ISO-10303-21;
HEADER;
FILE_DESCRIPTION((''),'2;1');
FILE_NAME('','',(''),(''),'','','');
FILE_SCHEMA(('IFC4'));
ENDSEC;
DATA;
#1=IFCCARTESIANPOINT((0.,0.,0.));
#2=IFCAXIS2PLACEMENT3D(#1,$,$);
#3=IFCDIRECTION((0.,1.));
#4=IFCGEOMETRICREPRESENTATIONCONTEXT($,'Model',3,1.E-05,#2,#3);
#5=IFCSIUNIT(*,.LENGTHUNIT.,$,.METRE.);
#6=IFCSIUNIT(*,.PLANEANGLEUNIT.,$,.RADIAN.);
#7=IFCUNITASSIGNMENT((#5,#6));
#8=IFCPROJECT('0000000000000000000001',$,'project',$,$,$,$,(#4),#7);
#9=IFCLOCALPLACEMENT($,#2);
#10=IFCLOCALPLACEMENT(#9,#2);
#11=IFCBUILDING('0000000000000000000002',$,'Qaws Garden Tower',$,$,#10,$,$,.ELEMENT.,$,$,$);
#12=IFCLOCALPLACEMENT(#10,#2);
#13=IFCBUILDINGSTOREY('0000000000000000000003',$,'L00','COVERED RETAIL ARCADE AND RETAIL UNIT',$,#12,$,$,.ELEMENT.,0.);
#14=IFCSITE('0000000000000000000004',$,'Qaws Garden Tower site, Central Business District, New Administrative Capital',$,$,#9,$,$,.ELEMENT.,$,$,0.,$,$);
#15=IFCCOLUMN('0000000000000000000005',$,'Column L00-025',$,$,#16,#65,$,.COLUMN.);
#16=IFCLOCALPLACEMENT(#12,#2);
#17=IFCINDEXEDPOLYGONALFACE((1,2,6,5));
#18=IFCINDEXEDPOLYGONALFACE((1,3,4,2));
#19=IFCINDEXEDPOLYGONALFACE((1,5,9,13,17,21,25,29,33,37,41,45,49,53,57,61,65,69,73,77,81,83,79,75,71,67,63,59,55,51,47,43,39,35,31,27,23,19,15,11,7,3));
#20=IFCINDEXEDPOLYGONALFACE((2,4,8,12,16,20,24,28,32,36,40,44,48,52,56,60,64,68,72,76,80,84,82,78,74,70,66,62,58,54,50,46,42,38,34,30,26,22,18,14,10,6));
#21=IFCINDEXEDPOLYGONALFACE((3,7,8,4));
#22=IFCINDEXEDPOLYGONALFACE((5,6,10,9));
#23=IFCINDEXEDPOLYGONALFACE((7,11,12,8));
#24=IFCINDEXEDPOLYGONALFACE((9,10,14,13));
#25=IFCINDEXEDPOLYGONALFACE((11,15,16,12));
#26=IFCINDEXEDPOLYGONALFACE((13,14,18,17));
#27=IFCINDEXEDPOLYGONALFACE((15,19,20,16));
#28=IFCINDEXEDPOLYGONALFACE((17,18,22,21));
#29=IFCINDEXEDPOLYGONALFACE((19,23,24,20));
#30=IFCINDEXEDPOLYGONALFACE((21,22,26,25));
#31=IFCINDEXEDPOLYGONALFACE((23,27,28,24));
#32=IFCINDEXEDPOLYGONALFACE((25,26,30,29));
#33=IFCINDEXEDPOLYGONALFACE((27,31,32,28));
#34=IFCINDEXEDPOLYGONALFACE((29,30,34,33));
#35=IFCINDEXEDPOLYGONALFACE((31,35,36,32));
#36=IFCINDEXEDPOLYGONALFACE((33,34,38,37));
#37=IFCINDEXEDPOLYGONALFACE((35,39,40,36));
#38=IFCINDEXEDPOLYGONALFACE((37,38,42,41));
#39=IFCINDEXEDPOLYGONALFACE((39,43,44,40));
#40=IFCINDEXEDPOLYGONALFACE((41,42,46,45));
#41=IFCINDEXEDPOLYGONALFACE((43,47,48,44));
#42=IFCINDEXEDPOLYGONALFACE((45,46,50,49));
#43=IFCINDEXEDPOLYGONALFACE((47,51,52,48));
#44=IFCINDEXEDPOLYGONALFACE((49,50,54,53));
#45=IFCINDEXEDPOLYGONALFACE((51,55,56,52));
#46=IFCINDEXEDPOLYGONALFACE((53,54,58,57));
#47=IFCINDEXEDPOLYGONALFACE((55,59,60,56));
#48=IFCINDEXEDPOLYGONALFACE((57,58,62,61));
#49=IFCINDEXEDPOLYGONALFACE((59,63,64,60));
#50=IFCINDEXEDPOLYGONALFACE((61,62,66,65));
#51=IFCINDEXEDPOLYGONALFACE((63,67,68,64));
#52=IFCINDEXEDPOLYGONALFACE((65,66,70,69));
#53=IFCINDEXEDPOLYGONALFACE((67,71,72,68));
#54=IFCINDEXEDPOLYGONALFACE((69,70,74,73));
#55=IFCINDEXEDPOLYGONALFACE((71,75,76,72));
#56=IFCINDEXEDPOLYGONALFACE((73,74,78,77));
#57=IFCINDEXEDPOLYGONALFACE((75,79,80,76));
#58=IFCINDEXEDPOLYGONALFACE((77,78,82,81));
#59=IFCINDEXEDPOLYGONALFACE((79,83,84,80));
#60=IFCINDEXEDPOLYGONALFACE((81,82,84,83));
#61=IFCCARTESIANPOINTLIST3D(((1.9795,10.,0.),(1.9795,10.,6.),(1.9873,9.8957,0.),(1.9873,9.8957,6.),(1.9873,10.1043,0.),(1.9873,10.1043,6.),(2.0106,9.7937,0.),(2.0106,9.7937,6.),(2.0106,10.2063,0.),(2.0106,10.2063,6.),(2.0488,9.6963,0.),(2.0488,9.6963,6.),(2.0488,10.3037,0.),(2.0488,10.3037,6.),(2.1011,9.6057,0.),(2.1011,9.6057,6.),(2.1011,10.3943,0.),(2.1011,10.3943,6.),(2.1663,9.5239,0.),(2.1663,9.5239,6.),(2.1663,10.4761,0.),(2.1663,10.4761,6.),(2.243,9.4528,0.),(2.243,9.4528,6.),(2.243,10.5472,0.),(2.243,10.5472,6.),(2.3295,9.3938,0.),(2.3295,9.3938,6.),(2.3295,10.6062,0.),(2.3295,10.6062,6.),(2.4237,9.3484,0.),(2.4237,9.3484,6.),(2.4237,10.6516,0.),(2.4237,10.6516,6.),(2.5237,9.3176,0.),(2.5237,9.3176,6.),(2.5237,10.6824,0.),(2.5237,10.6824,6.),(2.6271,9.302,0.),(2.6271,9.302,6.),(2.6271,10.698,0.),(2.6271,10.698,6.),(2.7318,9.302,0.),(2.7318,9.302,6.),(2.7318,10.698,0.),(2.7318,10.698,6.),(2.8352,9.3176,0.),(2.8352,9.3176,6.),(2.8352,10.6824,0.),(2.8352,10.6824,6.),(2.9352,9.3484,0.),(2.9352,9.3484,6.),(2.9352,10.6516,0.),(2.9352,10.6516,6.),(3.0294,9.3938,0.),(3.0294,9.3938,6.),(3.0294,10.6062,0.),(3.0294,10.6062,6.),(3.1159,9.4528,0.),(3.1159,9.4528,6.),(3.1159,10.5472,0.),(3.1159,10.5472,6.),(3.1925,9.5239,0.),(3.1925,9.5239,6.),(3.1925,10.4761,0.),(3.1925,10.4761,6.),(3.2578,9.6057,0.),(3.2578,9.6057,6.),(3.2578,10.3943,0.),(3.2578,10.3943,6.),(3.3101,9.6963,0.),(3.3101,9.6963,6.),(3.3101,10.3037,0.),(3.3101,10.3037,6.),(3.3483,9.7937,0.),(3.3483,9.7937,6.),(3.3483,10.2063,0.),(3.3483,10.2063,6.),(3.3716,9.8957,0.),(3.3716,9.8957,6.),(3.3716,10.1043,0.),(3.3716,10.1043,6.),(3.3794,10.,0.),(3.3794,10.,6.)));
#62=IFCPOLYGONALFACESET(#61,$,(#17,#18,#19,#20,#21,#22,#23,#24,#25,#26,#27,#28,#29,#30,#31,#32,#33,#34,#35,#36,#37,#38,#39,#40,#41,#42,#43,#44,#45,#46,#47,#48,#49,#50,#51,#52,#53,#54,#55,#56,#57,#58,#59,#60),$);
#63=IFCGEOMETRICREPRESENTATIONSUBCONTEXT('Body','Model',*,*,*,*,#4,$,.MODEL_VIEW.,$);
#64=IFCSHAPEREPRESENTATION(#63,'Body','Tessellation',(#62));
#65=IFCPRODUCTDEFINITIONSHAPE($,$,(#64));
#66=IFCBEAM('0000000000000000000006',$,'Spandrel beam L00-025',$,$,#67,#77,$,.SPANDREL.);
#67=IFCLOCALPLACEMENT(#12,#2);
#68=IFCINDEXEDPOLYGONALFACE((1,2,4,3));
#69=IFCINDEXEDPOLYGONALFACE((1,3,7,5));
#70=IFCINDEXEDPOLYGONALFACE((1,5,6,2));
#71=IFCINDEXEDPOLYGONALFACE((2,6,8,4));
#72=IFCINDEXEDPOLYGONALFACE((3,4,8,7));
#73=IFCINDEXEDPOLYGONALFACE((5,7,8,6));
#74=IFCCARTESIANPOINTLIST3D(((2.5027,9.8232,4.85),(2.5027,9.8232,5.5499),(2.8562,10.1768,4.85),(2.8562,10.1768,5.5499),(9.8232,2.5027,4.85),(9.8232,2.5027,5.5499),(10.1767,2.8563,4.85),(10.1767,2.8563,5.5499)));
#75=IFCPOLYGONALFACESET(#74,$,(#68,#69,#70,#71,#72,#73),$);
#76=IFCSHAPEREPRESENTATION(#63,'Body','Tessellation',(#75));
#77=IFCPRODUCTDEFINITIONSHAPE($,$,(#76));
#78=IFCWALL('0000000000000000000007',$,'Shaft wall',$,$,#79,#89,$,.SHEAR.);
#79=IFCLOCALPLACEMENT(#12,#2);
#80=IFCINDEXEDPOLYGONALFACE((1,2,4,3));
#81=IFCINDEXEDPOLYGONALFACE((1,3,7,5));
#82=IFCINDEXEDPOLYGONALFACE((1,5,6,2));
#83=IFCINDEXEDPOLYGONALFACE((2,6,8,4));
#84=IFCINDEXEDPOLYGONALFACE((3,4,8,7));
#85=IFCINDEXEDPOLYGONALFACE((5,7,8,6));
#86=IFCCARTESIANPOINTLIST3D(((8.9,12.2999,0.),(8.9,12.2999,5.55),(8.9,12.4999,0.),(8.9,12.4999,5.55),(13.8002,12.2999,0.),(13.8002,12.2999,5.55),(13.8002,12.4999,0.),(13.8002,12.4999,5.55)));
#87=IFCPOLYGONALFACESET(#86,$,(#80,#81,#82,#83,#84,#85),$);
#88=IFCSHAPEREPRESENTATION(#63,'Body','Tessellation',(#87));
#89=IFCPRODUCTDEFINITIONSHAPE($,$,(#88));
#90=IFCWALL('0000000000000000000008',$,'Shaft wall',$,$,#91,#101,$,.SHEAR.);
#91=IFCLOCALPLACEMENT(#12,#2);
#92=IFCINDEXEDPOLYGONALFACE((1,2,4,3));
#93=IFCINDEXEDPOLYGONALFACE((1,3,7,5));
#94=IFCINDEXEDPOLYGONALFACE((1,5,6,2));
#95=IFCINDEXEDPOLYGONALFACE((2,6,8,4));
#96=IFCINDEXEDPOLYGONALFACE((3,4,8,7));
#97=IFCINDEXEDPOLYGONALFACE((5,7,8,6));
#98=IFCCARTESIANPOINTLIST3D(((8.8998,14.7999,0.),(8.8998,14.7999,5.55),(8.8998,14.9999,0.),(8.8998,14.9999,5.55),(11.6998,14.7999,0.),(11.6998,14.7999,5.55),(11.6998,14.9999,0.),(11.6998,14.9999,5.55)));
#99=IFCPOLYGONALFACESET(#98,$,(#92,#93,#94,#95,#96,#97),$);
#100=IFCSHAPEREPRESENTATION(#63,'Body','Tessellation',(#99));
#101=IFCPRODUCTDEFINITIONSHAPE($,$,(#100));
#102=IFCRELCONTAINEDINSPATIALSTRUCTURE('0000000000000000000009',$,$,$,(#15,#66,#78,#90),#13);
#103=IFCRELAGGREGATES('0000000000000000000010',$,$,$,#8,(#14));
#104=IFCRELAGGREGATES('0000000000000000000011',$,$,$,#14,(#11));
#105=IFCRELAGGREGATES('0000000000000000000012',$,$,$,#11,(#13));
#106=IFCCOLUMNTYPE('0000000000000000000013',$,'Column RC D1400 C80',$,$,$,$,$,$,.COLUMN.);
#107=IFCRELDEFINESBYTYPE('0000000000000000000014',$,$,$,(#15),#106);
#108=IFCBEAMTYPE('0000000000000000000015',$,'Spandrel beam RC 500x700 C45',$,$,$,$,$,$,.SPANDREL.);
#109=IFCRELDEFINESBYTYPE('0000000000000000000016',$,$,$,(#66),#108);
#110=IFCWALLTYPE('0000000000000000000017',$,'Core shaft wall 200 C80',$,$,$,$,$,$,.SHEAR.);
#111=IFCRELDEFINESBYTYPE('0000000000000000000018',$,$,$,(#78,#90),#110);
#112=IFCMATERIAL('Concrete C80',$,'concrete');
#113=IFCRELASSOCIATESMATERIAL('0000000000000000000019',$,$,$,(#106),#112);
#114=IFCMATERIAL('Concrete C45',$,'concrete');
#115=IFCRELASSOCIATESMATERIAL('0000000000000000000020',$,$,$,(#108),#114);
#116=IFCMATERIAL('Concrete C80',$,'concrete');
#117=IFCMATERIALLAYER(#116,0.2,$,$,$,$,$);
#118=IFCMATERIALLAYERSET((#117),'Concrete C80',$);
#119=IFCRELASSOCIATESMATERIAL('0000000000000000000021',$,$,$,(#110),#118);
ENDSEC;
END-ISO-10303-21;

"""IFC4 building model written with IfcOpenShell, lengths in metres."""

from ifc_helpers import new_model, si_unit, direction, frame, frame_2d, origin, origin_2d, place, context, subcontext, project, spatial, rectangle, circle, extrude, material, layer, layer_set, material_profile, profile_set, type_object, element, save


model = new_model("IFC4")

# Units and contexts
model_context = context("Model", 3, precision=1e-05, world=origin(), true_north=direction((0.0, 1.0)))
body_context = subcontext(model_context, "Body", "Model", "MODEL_VIEW")
ifc_project = project(units=[si_unit("LENGTHUNIT", "METRE"), si_unit("PLANEANGLEUNIT", "RADIAN")], contexts=[model_context])

# Site, building, storey
site_placement = place(None, origin())
site = spatial("IfcSite", under=ifc_project, at=site_placement, Name="Qaws Garden Tower site, Central Business District, New Administrative Capital", CompositionType="ELEMENT", RefElevation=0.0)
building_placement = place(site_placement, origin())
building = spatial("IfcBuilding", under=site, at=building_placement, Name="Qaws Garden Tower", CompositionType="ELEMENT")
storey_placement = place(building_placement, origin())
storey = spatial("IfcBuildingStorey", under=building, at=storey_placement, Name="L00", Description="COVERED RETAIL ARCADE AND RETAIL UNIT", CompositionType="ELEMENT", Elevation=0.0)

# Column
ifc_material_1 = material(Name="Concrete C80", Category="concrete")
ifc_material_profile_1 = material_profile(ifc_material_1, circle(Radius=0.7, at=origin_2d()), Name="RC D1400")
ifc_profile_set_1 = profile_set([ifc_material_profile_1], Name="Concrete C80")
column_type = type_object("IfcColumnType", Name="Column RC D1400 C80", PredefinedType="COLUMN", material=ifc_profile_set_1)
column_placement = place(storey_placement, frame((2.6794, 10.0, 0.0), z_axis=(0.0, 0.0, 1.0), x_axis=(1.0, 0.0, 0.0)))
element("IfcColumn", 1, at=column_placement, inside=storey, type_object=column_type, Name="Column L00-025", PredefinedType="COLUMN", context=body_context, shape_type="SweptSolid", body=[
    extrude(circle(Radius=0.7, at=origin_2d()), origin(), (0.0, 0.0, 1.0), 6.0),
])

# Beam
ifc_material_2 = material(Name="Concrete C45", Category="concrete")
ifc_material_profile_2 = material_profile(ifc_material_2, rectangle(XDim=0.5, YDim=0.7, at=origin_2d()), Name="RC 500x700")
ifc_profile_set_2 = profile_set([ifc_material_profile_2], Name="Concrete C45")
beam_type = type_object("IfcBeamType", Name="Spandrel beam RC 500x700 C45", PredefinedType="SPANDREL", material=ifc_profile_set_2)
beam_placement = place(storey_placement, frame((2.6794, 10.0, 5.2), z_axis=(0.707107, -0.707107, 0.0), x_axis=(0.707107, 0.707107, 0.0)))
element("IfcBeam", 2, at=beam_placement, inside=storey, type_object=beam_type, Name="Spandrel beam L00-025", PredefinedType="SPANDREL", context=body_context, shape_type="SweptSolid", body=[
    extrude(rectangle(XDim=0.5, YDim=0.7, at=origin_2d()), origin(), (0.0, 0.0, 1.0), 10.3528),
])

# Walls
ifc_material_3 = material(Name="Concrete C80", Category="concrete")
ifc_layer_1 = layer(ifc_material_3, 0.2)
ifc_layer_set_1 = layer_set([ifc_layer_1], Name="Concrete C80")
wall_type_1 = type_object("IfcWallType", Name="Core shaft wall 200 C80", PredefinedType="SHEAR", material=ifc_layer_set_1)
wall_1_placement = place(storey_placement, frame((8.8999, 12.3999, 0.0), z_axis=(0.0, 0.0, 1.0), x_axis=(1.0, 0.0, 0.0)))
element("IfcWall", 3, at=wall_1_placement, inside=storey, type_object=wall_type_1, Name="Shaft wall", PredefinedType="SHEAR", context=body_context, shape_type="SweptSolid", body=[
    extrude(rectangle(XDim=4.9001, YDim=0.2, at=frame_2d((2.4502, 0.0))), origin(), (0.0, 0.0, 1.0), 5.55),
])
wall_2_placement = place(storey_placement, frame((8.8999, 14.8999, 0.0), z_axis=(0.0, 0.0, 1.0), x_axis=(1.0, 0.0, 0.0)))
element("IfcWall", 4, at=wall_2_placement, inside=storey, type_object=wall_type_1, Name="Shaft wall", PredefinedType="SHEAR", context=body_context, shape_type="SweptSolid", body=[
    extrude(rectangle(XDim=2.8, YDim=0.2, at=frame_2d((1.3999, 0.0))), origin(), (0.0, 0.0, 1.0), 5.55),
])

save(model, "model.ifc")
